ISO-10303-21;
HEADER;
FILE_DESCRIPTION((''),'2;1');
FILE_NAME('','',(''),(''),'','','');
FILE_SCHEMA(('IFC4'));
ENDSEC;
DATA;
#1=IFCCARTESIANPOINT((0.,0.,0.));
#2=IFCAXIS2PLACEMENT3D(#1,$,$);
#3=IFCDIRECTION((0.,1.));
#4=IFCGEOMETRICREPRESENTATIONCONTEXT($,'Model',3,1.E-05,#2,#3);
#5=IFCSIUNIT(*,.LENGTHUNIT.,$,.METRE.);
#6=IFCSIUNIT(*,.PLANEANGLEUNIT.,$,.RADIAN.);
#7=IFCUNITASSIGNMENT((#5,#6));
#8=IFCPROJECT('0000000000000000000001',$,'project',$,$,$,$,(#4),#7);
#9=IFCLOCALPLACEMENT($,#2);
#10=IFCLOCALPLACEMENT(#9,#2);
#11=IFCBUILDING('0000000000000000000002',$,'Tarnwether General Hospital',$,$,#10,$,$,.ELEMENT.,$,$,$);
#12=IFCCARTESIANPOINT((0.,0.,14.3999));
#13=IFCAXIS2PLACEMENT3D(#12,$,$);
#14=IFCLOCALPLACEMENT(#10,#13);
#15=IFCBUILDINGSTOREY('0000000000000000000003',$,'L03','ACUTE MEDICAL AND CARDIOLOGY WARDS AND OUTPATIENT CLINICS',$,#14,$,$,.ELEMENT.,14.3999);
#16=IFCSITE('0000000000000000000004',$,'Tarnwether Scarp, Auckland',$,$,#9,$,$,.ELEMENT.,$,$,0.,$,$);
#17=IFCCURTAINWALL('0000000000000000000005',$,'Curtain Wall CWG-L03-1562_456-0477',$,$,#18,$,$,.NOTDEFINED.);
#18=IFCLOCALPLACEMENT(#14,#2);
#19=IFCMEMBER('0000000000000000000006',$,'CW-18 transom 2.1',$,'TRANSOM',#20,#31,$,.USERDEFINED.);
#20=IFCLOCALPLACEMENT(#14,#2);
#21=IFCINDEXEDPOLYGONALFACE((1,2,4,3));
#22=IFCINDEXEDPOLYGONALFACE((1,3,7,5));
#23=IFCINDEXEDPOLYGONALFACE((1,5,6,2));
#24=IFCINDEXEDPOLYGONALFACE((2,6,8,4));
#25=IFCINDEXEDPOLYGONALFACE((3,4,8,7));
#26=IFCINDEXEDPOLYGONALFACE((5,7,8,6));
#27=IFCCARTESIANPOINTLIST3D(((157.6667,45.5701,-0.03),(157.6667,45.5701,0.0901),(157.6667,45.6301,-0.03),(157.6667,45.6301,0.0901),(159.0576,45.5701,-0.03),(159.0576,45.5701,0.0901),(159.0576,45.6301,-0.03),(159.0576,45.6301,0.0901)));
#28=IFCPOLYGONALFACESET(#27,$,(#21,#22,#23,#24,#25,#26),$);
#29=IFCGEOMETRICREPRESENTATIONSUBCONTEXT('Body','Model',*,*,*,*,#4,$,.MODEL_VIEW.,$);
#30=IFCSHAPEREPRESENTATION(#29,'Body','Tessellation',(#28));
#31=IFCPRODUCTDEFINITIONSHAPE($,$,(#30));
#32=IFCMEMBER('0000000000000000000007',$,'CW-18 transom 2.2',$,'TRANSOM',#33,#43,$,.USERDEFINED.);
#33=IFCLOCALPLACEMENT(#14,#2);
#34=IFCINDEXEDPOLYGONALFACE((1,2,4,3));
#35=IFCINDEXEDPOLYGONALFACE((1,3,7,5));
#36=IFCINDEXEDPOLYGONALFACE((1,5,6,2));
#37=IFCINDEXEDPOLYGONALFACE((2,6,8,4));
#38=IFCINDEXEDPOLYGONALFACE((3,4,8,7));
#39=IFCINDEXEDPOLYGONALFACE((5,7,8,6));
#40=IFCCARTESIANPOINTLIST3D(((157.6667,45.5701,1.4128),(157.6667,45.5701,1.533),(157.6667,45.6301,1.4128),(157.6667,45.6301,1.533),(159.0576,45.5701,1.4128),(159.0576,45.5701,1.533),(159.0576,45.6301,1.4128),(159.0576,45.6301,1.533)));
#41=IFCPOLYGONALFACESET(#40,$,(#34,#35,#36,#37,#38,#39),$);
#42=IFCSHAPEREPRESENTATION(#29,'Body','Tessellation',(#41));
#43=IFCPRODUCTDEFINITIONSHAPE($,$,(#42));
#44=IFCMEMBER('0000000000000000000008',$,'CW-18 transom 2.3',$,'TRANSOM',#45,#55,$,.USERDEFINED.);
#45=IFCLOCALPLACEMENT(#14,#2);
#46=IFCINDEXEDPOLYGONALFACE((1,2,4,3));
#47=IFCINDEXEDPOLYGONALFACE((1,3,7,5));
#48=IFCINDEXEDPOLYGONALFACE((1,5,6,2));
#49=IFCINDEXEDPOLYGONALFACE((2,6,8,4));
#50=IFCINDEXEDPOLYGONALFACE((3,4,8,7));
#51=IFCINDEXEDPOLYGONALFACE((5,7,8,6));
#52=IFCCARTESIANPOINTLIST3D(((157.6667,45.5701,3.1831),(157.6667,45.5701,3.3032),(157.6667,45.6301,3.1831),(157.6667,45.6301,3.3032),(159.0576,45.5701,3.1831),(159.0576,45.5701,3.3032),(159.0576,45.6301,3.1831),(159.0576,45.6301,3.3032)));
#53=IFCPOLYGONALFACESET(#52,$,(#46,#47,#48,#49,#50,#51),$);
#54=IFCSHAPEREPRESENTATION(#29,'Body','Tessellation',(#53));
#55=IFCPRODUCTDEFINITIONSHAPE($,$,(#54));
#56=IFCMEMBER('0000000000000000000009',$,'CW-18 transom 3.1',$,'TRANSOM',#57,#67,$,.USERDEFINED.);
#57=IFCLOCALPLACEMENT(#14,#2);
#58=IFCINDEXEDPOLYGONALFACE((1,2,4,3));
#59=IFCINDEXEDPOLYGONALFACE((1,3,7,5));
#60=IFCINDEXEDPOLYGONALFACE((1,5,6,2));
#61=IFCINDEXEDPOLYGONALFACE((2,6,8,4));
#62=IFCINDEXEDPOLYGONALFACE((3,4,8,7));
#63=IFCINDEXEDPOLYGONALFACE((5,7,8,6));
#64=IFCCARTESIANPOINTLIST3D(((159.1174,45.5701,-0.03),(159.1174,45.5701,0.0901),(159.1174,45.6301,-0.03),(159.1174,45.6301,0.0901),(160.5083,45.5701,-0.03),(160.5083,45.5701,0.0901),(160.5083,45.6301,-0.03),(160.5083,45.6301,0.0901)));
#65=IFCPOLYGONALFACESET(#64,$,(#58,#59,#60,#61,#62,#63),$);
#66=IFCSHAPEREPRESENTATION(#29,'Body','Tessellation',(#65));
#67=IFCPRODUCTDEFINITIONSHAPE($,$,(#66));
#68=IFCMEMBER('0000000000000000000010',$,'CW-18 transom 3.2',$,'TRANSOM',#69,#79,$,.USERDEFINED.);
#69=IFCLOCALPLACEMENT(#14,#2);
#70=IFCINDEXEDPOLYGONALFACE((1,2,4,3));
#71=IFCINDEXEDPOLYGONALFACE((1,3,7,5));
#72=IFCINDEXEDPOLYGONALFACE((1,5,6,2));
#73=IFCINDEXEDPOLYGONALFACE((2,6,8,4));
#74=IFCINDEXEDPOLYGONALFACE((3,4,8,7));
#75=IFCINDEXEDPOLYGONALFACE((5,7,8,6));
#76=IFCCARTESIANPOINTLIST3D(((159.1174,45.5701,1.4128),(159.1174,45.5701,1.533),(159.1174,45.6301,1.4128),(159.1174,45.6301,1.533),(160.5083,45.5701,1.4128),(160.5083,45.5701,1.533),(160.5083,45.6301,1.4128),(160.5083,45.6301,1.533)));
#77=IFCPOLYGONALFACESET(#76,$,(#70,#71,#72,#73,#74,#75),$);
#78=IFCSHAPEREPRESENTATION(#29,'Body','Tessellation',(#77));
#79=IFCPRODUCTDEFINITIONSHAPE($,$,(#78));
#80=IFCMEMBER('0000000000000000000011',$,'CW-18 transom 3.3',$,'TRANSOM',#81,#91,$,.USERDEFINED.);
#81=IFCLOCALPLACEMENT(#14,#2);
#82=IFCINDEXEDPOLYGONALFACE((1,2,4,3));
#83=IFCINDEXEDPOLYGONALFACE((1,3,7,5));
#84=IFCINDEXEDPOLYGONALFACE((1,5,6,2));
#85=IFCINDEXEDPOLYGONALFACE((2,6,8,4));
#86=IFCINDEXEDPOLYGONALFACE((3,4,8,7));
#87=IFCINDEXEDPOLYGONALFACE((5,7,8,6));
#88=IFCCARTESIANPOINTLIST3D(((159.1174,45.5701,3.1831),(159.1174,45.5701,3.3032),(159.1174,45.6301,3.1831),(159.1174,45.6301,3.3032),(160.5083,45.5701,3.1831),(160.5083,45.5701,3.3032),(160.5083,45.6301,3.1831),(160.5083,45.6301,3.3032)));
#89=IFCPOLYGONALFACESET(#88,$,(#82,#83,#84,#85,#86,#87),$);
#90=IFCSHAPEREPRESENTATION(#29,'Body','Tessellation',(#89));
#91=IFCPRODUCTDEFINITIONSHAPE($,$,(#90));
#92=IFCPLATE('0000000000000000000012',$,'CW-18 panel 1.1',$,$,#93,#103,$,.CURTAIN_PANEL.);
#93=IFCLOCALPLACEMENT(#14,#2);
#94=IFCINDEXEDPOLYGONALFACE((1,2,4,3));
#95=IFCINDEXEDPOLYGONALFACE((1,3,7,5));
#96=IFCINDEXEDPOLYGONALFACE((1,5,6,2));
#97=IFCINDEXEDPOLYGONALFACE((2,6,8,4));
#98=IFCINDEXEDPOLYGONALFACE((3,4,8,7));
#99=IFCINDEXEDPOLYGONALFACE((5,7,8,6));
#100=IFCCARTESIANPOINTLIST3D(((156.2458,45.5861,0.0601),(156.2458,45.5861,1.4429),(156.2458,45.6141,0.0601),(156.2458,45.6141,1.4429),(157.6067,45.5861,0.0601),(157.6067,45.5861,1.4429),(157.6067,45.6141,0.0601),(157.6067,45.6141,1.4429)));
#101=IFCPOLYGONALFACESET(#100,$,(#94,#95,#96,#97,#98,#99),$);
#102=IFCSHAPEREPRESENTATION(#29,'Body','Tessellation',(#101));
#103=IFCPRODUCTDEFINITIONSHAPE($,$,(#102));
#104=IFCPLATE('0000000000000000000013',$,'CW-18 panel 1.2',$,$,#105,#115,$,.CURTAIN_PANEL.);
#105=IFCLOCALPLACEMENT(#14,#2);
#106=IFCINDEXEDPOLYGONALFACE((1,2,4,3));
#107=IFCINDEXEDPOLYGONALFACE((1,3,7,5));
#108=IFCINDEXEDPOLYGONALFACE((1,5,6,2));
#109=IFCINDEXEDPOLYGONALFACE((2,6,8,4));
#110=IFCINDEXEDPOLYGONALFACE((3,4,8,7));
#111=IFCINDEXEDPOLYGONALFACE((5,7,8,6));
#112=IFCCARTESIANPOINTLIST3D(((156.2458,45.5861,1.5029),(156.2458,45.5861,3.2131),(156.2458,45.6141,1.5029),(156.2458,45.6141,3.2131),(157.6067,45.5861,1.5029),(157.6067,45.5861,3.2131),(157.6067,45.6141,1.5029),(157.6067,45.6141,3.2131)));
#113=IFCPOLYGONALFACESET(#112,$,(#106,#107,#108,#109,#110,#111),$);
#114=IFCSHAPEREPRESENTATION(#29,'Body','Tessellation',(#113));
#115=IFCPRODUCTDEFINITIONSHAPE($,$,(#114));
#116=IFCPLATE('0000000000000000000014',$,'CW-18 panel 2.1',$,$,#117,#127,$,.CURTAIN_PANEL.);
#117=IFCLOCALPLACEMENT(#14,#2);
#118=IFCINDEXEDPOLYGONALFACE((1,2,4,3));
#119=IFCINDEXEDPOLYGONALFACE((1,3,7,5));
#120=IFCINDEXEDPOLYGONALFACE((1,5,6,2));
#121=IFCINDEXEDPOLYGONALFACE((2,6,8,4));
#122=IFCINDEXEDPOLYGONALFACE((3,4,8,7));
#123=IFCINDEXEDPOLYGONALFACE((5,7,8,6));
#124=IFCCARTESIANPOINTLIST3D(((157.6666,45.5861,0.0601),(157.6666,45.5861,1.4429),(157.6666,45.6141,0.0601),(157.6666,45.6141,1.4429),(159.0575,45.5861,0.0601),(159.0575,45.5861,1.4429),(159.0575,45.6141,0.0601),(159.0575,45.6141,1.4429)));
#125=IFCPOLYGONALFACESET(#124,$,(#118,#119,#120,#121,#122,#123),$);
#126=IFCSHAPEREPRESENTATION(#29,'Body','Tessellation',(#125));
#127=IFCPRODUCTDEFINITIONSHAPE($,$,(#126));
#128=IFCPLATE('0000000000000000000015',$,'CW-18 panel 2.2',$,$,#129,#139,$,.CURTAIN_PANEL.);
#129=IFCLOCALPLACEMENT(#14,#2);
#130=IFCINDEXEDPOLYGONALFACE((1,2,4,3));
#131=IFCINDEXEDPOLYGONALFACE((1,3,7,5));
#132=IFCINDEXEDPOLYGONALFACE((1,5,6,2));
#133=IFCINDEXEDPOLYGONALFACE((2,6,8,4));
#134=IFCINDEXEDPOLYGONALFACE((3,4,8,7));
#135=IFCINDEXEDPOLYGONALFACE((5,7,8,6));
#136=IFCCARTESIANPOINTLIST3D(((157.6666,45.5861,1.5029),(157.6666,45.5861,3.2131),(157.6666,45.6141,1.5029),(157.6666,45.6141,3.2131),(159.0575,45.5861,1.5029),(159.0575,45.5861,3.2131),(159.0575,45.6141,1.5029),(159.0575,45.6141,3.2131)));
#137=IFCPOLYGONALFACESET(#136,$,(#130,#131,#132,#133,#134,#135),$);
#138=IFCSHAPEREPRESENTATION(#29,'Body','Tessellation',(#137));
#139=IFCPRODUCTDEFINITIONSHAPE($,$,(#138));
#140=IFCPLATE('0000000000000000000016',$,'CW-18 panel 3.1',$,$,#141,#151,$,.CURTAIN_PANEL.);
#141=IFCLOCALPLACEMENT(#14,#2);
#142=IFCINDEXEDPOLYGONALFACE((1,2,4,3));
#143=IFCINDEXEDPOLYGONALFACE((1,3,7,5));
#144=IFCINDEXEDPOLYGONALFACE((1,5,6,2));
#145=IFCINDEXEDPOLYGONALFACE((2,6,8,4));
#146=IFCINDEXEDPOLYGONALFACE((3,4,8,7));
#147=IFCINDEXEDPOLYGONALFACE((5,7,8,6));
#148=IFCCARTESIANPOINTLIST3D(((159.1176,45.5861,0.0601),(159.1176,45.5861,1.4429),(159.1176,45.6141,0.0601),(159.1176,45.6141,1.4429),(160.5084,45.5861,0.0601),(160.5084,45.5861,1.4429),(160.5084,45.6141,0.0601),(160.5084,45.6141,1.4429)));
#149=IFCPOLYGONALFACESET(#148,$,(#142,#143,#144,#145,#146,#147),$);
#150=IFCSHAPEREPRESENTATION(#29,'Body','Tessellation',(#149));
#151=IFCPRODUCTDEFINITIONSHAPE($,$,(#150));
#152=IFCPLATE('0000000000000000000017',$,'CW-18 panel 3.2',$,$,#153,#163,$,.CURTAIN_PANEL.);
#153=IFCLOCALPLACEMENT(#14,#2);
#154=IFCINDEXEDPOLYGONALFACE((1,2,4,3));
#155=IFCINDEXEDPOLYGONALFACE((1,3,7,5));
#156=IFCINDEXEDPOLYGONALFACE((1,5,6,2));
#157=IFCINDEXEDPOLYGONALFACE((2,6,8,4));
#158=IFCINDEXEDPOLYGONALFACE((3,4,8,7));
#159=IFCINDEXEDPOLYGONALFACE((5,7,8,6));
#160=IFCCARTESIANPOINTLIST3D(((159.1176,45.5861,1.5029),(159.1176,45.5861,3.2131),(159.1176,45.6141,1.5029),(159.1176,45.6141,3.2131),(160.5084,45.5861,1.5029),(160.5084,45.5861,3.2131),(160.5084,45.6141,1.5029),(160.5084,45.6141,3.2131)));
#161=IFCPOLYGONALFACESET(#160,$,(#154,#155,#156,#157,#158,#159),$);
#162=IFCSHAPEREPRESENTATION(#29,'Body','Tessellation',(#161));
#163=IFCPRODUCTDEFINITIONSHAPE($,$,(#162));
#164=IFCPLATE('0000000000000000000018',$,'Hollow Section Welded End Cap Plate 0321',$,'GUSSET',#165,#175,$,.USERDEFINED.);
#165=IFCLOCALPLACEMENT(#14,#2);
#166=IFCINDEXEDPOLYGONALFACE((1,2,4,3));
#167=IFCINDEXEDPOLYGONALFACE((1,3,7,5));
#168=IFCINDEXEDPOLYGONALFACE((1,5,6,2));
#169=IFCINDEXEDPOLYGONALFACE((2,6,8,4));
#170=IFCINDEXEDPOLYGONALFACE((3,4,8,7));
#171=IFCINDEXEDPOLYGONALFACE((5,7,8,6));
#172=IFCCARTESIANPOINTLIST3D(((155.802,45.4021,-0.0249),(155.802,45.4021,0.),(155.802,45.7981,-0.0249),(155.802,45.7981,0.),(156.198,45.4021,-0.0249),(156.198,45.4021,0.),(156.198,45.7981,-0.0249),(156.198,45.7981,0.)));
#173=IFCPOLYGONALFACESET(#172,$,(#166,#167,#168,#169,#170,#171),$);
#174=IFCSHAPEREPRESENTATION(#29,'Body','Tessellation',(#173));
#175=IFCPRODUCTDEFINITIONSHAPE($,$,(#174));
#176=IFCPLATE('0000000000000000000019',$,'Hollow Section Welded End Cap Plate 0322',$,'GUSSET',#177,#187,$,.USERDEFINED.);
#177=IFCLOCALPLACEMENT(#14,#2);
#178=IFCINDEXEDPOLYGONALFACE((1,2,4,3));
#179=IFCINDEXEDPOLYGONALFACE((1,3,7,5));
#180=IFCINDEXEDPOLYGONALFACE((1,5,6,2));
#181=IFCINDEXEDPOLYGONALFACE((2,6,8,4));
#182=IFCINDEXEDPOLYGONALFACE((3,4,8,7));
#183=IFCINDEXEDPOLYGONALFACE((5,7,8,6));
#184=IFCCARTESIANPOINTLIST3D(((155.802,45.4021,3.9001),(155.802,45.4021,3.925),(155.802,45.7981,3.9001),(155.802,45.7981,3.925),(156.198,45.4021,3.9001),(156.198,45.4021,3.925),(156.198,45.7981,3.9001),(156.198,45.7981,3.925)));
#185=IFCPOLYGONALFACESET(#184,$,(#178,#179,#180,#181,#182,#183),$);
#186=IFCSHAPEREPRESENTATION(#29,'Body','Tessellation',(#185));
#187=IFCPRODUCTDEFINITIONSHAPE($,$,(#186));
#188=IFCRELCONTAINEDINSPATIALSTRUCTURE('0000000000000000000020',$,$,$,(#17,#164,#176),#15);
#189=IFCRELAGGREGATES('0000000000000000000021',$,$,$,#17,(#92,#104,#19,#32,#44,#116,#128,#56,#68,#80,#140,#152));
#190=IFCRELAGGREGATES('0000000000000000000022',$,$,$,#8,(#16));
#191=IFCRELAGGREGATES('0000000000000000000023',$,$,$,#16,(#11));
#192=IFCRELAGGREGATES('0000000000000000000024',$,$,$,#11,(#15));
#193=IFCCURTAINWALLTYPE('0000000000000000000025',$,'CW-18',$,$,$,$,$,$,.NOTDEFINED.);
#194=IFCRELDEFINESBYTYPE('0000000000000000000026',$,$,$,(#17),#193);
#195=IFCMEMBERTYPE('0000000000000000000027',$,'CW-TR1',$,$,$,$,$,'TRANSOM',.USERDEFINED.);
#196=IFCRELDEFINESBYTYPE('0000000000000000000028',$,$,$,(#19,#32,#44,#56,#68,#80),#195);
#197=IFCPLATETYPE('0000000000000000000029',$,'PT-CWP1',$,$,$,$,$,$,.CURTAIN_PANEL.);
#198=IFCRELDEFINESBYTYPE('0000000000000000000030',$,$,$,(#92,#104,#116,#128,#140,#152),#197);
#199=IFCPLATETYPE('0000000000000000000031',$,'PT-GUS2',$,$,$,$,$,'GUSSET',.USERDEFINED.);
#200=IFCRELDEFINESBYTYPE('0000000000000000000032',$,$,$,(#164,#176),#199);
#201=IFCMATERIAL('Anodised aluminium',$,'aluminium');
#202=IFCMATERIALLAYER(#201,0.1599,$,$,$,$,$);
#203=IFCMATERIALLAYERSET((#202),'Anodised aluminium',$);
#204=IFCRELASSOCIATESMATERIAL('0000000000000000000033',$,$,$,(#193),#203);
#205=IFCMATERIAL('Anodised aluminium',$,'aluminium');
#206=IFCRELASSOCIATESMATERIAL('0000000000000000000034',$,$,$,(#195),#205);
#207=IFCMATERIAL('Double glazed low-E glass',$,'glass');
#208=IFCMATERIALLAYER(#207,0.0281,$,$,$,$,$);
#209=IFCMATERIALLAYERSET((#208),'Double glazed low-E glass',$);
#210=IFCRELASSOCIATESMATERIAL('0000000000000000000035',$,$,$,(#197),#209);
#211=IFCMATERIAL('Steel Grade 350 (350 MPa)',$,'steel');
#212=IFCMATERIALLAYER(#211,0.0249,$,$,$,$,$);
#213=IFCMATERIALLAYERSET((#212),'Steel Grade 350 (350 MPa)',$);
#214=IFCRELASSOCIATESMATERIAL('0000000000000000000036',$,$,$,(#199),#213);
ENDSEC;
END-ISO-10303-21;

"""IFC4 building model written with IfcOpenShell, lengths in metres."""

from ifc_helpers import new_model, si_unit, direction, frame, origin, origin_2d, place, context, subcontext, project, spatial, rectangle, extrude, material, layer, layer_set, material_profile, profile_set, type_object, element, aggregate, save


model = new_model("IFC4")

# Units and contexts
model_context = context("Model", 3, precision=1e-05, world=origin(), true_north=direction((0.0, 1.0)))
body_context = subcontext(model_context, "Body", "Model", "MODEL_VIEW")
ifc_project = project(units=[si_unit("LENGTHUNIT", "METRE"), si_unit("PLANEANGLEUNIT", "RADIAN")], contexts=[model_context])

# Site, building, storey
site_placement = place(None, origin())
site = spatial("IfcSite", under=ifc_project, at=site_placement, Name="Tarnwether Scarp, Auckland", CompositionType="ELEMENT", RefElevation=0.0)
building_placement = place(site_placement, origin())
building = spatial("IfcBuilding", under=site, at=building_placement, Name="Tarnwether General Hospital", CompositionType="ELEMENT")
storey_placement = place(building_placement, frame((0.0, 0.0, 14.3999)))
storey = spatial("IfcBuildingStorey", under=building, at=storey_placement, Name="L03", Description="ACUTE MEDICAL AND CARDIOLOGY WARDS AND OUTPATIENT CLINICS", CompositionType="ELEMENT", Elevation=14.3999)

# Shared definitions
ifc_material_1 = material(Name="Anodised aluminium", Category="aluminium")
ifc_layer_1 = layer(ifc_material_1, 0.1599)
ifc_layer_set_1 = layer_set([ifc_layer_1], Name="Anodised aluminium")
curtain_wall_type = type_object("IfcCurtainWallType", Name="CW-18", PredefinedType="NOTDEFINED", material=ifc_layer_set_1)

# Curtain wall, members, plates
curtain_wall_1_placement = place(storey_placement, origin())
curtain_wall_1 = element("IfcCurtainWall", 1, at=curtain_wall_1_placement, inside=storey, type_object=curtain_wall_type, Name="Curtain Wall CWG-L03-1562_456-0477", PredefinedType="NOTDEFINED")
ifc_material_2 = material(Name="Anodised aluminium", Category="aluminium")
ifc_material_profile_1 = material_profile(ifc_material_2, rectangle(XDim=0.0601, YDim=0.1201, at=origin_2d()), Name="ALU-TRN-60x120")
ifc_profile_set_1 = profile_set([ifc_material_profile_1], Name="Anodised aluminium")
member_type_1 = type_object("IfcMemberType", Name="CW-TR1", ElementType="TRANSOM", PredefinedType="USERDEFINED", material=ifc_profile_set_1)
member_1_placement = place(storey_placement, frame((157.6667, 45.6001, 0.03), z_axis=(1.0, 0.0, 0.0), x_axis=(0.0, 1.0, 0.0)))
member_1 = element("IfcMember", 2, at=member_1_placement, type_object=member_type_1, Name="CW-18 transom 2.1", ObjectType="TRANSOM", PredefinedType="USERDEFINED", context=body_context, shape_type="SweptSolid", body=[
    extrude(rectangle(XDim=0.0601, YDim=0.1201, at=origin_2d()), origin(), (0.0, 0.0, 1.0), 1.3909),
])
member_2_placement = place(storey_placement, frame((157.6667, 45.6001, 1.4729), z_axis=(1.0, 0.0, 0.0), x_axis=(0.0, 1.0, 0.0)))
member_2 = element("IfcMember", 3, at=member_2_placement, type_object=member_type_1, Name="CW-18 transom 2.2", ObjectType="TRANSOM", PredefinedType="USERDEFINED", context=body_context, shape_type="SweptSolid", body=[
    extrude(rectangle(XDim=0.0601, YDim=0.1201, at=origin_2d()), origin(), (0.0, 0.0, 1.0), 1.3909),
])
member_3_placement = place(storey_placement, frame((157.6667, 45.6001, 3.2432), z_axis=(1.0, 0.0, 0.0), x_axis=(0.0, 1.0, 0.0)))
member_3 = element("IfcMember", 4, at=member_3_placement, type_object=member_type_1, Name="CW-18 transom 2.3", ObjectType="TRANSOM", PredefinedType="USERDEFINED", context=body_context, shape_type="SweptSolid", body=[
    extrude(rectangle(XDim=0.0601, YDim=0.1201, at=origin_2d()), origin(), (0.0, 0.0, 1.0), 1.3909),
])
member_4_placement = place(storey_placement, frame((159.1174, 45.6001, 0.03), z_axis=(1.0, 0.0, 0.0), x_axis=(0.0, 1.0, 0.0)))
member_4 = element("IfcMember", 5, at=member_4_placement, type_object=member_type_1, Name="CW-18 transom 3.1", ObjectType="TRANSOM", PredefinedType="USERDEFINED", context=body_context, shape_type="SweptSolid", body=[
    extrude(rectangle(XDim=0.0601, YDim=0.1201, at=origin_2d()), origin(), (0.0, 0.0, 1.0), 1.3909),
])
member_5_placement = place(storey_placement, frame((159.1174, 45.6001, 1.4729), z_axis=(1.0, 0.0, 0.0), x_axis=(0.0, 1.0, 0.0)))
member_5 = element("IfcMember", 6, at=member_5_placement, type_object=member_type_1, Name="CW-18 transom 3.2", ObjectType="TRANSOM", PredefinedType="USERDEFINED", context=body_context, shape_type="SweptSolid", body=[
    extrude(rectangle(XDim=0.0601, YDim=0.1201, at=origin_2d()), origin(), (0.0, 0.0, 1.0), 1.3909),
])
member_6_placement = place(storey_placement, frame((159.1174, 45.6001, 3.2432), z_axis=(1.0, 0.0, 0.0), x_axis=(0.0, 1.0, 0.0)))
member_6 = element("IfcMember", 7, at=member_6_placement, type_object=member_type_1, Name="CW-18 transom 3.3", ObjectType="TRANSOM", PredefinedType="USERDEFINED", context=body_context, shape_type="SweptSolid", body=[
    extrude(rectangle(XDim=0.0601, YDim=0.1201, at=origin_2d()), origin(), (0.0, 0.0, 1.0), 1.3909),
])
ifc_material_3 = material(Name="Double glazed low-E glass", Category="glass")
ifc_layer_2 = layer(ifc_material_3, 0.0281)
ifc_layer_set_2 = layer_set([ifc_layer_2], Name="Double glazed low-E glass")
plate_type_1 = type_object("IfcPlateType", Name="PT-CWP1", PredefinedType="CURTAIN_PANEL", material=ifc_layer_set_2)
plate_1_placement = place(storey_placement, frame((156.9263, 45.6001, 0.0601), z_axis=(0.0, 0.0, 1.0), x_axis=(1.0, 0.0, 0.0)))
plate_1 = element("IfcPlate", 8, at=plate_1_placement, type_object=plate_type_1, Name="CW-18 panel 1.1", PredefinedType="CURTAIN_PANEL", context=body_context, shape_type="SweptSolid", body=[
    extrude(rectangle(XDim=1.3608, YDim=0.0281, at=origin_2d()), origin(), (0.0, 0.0, 1.0), 1.3828),
])
plate_2_placement = place(storey_placement, frame((156.9263, 45.6001, 1.5029), z_axis=(0.0, 0.0, 1.0), x_axis=(1.0, 0.0, 0.0)))
plate_2 = element("IfcPlate", 9, at=plate_2_placement, type_object=plate_type_1, Name="CW-18 panel 1.2", PredefinedType="CURTAIN_PANEL", context=body_context, shape_type="SweptSolid", body=[
    extrude(rectangle(XDim=1.3608, YDim=0.0281, at=origin_2d()), origin(), (0.0, 0.0, 1.0), 1.7102),
])
plate_3_placement = place(storey_placement, frame((158.3621, 45.6001, 0.0601), z_axis=(0.0, 0.0, 1.0), x_axis=(1.0, 0.0, 0.0)))
plate_3 = element("IfcPlate", 10, at=plate_3_placement, type_object=plate_type_1, Name="CW-18 panel 2.1", PredefinedType="CURTAIN_PANEL", context=body_context, shape_type="SweptSolid", body=[
    extrude(rectangle(XDim=1.3909, YDim=0.0281, at=origin_2d()), origin(), (0.0, 0.0, 1.0), 1.3828),
])
plate_4_placement = place(storey_placement, frame((158.3621, 45.6001, 1.5029), z_axis=(0.0, 0.0, 1.0), x_axis=(1.0, 0.0, 0.0)))
plate_4 = element("IfcPlate", 11, at=plate_4_placement, type_object=plate_type_1, Name="CW-18 panel 2.2", PredefinedType="CURTAIN_PANEL", context=body_context, shape_type="SweptSolid", body=[
    extrude(rectangle(XDim=1.3909, YDim=0.0281, at=origin_2d()), origin(), (0.0, 0.0, 1.0), 1.7102),
])
plate_5_placement = place(storey_placement, frame((159.813, 45.6001, 0.0601), z_axis=(0.0, 0.0, 1.0), x_axis=(1.0, 0.0, 0.0)))
plate_5 = element("IfcPlate", 12, at=plate_5_placement, type_object=plate_type_1, Name="CW-18 panel 3.1", PredefinedType="CURTAIN_PANEL", context=body_context, shape_type="SweptSolid", body=[
    extrude(rectangle(XDim=1.3909, YDim=0.0281, at=origin_2d()), origin(), (0.0, 0.0, 1.0), 1.3828),
])
plate_6_placement = place(storey_placement, frame((159.813, 45.6001, 1.5029), z_axis=(0.0, 0.0, 1.0), x_axis=(1.0, 0.0, 0.0)))
plate_6 = element("IfcPlate", 13, at=plate_6_placement, type_object=plate_type_1, Name="CW-18 panel 3.2", PredefinedType="CURTAIN_PANEL", context=body_context, shape_type="SweptSolid", body=[
    extrude(rectangle(XDim=1.3909, YDim=0.0281, at=origin_2d()), origin(), (0.0, 0.0, 1.0), 1.7102),
])
aggregate(curtain_wall_1, [plate_1, plate_2, member_1, member_2, member_3, plate_3, plate_4, member_4, member_5, member_6, plate_5, plate_6])

# Plates
ifc_material_4 = material(Name="Steel Grade 350 (350 MPa)", Category="steel")
ifc_layer_3 = layer(ifc_material_4, 0.0249)
ifc_layer_set_3 = layer_set([ifc_layer_3], Name="Steel Grade 350 (350 MPa)")
plate_type_2 = type_object("IfcPlateType", Name="PT-GUS2", ElementType="GUSSET", PredefinedType="USERDEFINED", material=ifc_layer_set_3)
for number, where, z_axis, x_axis, name in (
    (14, (156.0, 45.6001, -0.0249), (0.0, 0.0, 1.0), (1.0, 0.0, 0.0), "Hollow Section Welded End Cap Plate 0321"),
    (15, (156.0, 45.6001, 3.9001), (0.0, 0.0, 1.0), (1.0, 0.0, 0.0), "Hollow Section Welded End Cap Plate 0322"),
):
    element("IfcPlate", number, at=place(storey_placement, frame(where, z_axis=z_axis, x_axis=x_axis)), inside=storey, type_object=plate_type_2, Name=name, ObjectType="GUSSET", PredefinedType="USERDEFINED", context=body_context, shape_type="SweptSolid", body=[
        extrude(rectangle(XDim=0.396, YDim=0.396, at=origin_2d()), origin(), (0.0, 0.0, 1.0), 0.0249),
    ])

save(model, "model.ifc")
